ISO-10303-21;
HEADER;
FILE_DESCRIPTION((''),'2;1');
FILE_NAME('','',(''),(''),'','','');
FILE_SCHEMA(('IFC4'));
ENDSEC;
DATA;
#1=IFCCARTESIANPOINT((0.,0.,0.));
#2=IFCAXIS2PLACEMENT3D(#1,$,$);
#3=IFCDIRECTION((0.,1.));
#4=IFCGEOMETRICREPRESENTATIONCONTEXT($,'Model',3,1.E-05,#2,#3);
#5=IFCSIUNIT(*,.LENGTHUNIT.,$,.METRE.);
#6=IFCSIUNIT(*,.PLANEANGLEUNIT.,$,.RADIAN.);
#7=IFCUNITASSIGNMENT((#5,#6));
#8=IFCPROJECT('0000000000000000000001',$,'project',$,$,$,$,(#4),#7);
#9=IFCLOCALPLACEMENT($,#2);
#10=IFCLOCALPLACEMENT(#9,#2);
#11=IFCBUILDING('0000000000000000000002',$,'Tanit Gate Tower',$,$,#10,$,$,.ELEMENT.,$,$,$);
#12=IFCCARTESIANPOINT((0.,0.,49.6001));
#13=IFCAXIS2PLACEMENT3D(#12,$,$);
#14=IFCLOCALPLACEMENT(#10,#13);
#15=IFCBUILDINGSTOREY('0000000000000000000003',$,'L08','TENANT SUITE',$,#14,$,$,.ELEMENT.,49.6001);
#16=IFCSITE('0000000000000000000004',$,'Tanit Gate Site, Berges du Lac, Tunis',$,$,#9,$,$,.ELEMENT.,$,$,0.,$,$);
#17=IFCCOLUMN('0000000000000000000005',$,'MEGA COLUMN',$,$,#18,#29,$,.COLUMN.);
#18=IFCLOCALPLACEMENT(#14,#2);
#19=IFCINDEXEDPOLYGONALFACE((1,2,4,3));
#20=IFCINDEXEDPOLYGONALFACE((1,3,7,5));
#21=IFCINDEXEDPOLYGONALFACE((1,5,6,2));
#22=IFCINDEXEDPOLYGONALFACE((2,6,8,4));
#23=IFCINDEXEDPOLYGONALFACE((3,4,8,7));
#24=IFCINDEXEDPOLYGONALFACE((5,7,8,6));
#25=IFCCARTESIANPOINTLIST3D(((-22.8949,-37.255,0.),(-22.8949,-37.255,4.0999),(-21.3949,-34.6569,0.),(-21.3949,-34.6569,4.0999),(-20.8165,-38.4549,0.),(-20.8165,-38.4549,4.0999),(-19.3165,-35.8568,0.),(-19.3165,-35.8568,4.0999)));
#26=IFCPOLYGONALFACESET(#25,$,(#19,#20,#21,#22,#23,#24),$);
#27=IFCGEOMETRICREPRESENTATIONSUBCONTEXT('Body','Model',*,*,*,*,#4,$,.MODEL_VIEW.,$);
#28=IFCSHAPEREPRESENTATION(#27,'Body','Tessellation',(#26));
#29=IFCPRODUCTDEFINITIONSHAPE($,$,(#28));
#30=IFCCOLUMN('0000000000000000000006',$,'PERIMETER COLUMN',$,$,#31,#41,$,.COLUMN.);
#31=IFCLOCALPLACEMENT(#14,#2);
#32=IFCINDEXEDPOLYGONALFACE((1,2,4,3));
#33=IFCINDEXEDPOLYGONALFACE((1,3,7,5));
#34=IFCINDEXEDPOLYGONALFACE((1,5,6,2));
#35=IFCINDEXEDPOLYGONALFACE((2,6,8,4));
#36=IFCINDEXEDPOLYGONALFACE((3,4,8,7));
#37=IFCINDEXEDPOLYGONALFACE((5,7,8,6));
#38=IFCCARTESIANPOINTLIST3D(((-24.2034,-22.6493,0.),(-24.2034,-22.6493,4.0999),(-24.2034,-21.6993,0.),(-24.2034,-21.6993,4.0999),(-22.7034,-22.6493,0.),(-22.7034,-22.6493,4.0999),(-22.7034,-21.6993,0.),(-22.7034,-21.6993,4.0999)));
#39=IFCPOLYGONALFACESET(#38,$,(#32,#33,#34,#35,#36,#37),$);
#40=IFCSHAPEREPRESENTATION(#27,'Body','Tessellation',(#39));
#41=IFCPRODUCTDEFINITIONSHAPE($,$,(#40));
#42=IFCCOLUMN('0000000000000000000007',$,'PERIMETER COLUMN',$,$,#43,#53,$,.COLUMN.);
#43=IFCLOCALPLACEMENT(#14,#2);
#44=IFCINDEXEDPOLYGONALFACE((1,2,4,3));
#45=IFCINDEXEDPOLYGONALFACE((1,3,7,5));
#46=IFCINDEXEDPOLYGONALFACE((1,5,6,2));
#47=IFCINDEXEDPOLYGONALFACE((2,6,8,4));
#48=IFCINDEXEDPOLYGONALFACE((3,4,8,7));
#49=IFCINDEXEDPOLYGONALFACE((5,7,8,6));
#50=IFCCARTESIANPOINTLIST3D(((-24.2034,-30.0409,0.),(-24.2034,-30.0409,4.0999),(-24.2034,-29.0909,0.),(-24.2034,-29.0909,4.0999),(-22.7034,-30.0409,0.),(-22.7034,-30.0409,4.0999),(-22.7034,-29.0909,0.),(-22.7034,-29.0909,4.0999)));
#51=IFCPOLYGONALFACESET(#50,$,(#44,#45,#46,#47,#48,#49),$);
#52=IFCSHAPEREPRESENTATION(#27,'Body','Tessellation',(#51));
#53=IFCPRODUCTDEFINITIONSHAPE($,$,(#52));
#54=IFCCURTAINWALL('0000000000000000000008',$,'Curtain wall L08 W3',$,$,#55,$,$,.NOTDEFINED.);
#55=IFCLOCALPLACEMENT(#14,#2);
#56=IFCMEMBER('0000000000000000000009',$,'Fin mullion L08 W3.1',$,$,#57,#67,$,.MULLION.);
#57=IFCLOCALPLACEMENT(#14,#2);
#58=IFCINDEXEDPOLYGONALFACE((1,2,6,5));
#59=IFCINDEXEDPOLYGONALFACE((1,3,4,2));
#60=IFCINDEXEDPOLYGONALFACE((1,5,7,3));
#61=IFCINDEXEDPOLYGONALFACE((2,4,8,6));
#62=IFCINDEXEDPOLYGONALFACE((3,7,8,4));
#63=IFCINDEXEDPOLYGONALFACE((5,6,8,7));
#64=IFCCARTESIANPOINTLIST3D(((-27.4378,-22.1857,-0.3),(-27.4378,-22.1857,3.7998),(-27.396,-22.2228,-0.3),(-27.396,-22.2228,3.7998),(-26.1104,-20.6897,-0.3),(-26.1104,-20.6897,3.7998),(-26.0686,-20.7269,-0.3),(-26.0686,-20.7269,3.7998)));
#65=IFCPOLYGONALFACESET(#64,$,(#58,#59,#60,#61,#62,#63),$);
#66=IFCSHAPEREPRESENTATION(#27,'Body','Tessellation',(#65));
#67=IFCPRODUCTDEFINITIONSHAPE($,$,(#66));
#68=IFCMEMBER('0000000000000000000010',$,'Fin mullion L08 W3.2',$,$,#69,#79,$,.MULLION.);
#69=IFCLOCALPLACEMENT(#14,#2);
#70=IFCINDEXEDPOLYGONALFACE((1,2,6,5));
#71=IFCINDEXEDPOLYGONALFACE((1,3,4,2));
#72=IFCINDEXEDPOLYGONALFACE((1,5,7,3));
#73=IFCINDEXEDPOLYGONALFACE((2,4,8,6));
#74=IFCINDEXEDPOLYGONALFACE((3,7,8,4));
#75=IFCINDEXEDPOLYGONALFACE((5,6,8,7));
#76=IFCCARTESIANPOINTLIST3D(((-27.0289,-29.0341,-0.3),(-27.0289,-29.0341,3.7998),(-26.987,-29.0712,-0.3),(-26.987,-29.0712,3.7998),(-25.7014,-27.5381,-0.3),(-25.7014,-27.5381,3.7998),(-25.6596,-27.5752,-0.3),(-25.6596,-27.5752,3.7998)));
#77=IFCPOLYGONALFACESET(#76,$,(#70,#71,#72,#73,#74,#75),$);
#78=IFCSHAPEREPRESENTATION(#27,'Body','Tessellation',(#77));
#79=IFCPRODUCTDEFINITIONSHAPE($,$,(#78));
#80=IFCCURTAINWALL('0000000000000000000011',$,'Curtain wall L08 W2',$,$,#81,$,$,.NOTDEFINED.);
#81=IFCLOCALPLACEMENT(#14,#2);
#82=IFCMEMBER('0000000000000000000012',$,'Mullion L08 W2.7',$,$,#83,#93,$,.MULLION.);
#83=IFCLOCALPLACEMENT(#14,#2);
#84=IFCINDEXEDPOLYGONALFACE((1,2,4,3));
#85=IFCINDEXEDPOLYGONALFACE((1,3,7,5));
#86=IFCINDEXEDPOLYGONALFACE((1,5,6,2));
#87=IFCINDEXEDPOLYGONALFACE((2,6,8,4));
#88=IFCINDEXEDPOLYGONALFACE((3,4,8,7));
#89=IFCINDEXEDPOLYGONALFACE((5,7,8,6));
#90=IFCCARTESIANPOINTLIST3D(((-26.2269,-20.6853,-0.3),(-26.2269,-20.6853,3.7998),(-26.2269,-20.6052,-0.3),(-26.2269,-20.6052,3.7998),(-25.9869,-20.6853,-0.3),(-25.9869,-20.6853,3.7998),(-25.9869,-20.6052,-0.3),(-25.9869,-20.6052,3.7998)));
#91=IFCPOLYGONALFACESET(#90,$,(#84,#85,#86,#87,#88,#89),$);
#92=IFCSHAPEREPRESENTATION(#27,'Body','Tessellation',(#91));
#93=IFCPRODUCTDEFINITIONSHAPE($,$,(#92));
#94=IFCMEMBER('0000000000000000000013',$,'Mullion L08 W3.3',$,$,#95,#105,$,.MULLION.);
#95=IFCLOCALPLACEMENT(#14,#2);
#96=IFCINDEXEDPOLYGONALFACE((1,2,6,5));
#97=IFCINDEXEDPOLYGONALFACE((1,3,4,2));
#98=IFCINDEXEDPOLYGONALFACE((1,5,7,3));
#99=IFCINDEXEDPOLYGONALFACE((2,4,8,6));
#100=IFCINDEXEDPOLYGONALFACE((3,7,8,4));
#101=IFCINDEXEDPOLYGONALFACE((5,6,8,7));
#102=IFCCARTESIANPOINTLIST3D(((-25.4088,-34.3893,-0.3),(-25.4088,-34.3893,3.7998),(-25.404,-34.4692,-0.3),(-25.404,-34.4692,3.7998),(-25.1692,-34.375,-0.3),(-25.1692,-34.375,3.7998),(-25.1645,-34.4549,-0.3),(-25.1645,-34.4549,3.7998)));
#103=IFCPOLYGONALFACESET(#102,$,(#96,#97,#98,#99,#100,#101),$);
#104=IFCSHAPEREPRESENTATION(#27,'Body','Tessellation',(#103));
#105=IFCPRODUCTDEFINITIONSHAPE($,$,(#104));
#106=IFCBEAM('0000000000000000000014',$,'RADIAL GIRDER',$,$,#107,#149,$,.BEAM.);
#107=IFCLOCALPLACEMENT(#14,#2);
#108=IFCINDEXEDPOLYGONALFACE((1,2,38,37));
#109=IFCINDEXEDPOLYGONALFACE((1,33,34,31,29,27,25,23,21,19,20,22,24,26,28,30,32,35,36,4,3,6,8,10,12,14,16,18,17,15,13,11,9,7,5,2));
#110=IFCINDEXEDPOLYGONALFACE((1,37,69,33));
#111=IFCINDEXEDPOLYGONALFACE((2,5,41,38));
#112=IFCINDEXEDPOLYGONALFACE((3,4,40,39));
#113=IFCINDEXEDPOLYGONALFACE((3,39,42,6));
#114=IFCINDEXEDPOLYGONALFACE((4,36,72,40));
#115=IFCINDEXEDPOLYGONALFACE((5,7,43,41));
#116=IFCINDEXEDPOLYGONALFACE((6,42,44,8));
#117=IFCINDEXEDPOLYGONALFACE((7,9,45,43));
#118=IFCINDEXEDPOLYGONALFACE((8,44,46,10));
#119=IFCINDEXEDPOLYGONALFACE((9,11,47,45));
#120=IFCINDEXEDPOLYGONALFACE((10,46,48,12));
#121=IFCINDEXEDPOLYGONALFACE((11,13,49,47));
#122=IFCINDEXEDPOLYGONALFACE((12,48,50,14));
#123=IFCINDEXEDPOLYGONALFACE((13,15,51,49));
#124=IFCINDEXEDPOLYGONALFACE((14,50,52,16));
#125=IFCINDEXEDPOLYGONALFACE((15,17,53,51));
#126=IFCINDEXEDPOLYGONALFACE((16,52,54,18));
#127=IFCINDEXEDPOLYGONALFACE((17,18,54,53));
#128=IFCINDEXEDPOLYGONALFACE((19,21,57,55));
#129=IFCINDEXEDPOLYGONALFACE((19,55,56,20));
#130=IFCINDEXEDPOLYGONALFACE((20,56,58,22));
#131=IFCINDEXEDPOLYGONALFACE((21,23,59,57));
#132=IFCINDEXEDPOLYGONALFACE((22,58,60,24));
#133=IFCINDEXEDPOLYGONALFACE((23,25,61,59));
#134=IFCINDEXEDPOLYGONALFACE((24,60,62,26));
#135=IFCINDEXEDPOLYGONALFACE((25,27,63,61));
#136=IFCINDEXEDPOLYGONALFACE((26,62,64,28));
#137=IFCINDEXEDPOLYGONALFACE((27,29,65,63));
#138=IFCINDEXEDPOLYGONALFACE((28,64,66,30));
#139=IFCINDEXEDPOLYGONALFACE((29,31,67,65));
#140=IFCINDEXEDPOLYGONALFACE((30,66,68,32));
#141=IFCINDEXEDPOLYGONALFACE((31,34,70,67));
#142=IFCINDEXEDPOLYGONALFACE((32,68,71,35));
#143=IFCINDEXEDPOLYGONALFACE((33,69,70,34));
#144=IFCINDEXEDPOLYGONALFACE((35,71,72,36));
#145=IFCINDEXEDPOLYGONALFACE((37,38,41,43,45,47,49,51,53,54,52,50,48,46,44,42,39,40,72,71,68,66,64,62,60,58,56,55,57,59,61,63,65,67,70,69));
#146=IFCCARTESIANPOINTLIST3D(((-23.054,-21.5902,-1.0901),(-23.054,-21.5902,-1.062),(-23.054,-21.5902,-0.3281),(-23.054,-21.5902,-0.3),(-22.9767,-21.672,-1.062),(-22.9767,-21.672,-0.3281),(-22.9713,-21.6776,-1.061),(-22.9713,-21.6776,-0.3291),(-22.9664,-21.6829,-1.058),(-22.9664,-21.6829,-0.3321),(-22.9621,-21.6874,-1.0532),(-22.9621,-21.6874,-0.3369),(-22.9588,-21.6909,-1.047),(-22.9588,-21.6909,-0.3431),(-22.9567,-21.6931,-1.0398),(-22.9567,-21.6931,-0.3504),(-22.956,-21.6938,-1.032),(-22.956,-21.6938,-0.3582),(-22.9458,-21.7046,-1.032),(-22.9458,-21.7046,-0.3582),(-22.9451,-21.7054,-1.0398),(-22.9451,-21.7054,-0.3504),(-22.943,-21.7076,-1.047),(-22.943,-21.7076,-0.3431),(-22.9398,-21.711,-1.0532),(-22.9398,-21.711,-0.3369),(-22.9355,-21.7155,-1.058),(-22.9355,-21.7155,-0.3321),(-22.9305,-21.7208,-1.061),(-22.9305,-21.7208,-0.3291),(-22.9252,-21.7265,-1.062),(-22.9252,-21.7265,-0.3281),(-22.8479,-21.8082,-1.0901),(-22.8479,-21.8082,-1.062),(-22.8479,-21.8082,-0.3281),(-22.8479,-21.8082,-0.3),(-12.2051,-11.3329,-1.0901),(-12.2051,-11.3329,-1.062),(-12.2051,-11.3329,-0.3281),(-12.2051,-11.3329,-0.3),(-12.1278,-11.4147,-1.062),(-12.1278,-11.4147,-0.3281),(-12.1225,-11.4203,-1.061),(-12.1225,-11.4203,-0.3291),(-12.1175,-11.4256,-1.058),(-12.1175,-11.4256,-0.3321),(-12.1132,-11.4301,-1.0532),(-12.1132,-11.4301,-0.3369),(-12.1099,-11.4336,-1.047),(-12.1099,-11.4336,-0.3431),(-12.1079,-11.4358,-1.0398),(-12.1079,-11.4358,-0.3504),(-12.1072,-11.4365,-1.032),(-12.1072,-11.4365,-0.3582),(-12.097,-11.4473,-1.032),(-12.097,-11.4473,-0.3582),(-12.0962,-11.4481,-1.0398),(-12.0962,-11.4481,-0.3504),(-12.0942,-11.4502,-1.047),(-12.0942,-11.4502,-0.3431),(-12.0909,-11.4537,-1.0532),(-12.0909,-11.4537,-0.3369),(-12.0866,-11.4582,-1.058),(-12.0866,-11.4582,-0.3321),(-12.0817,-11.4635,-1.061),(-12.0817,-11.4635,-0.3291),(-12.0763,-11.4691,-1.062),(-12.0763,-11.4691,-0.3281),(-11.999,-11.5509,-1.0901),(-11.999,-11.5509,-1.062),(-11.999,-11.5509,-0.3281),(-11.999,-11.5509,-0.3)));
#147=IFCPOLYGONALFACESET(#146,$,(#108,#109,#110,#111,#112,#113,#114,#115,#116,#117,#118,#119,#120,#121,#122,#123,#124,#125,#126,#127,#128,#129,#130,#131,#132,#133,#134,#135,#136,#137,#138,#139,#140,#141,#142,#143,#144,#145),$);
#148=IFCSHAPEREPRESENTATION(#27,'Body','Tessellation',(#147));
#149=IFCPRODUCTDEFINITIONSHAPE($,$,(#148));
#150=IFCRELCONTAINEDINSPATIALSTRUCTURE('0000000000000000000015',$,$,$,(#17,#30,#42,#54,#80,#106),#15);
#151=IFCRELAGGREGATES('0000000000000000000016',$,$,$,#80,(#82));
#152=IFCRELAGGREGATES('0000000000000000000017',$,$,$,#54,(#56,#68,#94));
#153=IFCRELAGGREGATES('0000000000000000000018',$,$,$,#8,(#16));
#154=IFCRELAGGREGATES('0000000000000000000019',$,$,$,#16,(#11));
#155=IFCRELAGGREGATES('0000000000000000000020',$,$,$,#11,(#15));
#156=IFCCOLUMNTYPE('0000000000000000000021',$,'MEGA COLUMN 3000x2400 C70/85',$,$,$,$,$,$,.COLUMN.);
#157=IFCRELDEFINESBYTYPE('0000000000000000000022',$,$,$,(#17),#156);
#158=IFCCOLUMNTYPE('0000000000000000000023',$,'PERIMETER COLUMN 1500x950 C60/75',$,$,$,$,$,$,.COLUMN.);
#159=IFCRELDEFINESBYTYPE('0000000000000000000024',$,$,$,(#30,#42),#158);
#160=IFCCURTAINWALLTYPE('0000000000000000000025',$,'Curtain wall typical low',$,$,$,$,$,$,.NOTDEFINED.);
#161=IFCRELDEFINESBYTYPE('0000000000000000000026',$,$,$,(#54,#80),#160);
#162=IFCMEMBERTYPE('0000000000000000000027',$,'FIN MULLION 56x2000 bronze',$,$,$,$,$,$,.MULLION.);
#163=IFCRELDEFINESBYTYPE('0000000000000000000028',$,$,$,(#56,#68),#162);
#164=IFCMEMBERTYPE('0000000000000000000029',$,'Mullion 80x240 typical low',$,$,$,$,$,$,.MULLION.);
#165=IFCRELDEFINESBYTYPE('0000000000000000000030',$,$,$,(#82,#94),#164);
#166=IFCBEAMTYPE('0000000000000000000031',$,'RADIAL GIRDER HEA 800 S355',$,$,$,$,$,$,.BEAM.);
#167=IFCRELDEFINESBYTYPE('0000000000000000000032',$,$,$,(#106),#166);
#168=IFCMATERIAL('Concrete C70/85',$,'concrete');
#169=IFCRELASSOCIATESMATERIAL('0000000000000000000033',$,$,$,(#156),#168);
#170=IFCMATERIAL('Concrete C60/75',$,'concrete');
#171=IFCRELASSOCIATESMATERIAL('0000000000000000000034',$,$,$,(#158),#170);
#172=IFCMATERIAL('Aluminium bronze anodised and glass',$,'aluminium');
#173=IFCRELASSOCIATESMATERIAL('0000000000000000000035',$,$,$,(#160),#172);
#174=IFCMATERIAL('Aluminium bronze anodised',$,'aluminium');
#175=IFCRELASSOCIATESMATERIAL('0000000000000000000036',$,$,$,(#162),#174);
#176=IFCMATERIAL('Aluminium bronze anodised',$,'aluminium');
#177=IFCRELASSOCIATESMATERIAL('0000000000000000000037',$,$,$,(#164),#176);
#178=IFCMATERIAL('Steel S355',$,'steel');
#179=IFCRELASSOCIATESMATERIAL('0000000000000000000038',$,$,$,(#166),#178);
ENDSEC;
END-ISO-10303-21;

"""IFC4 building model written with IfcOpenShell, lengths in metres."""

from ifc_helpers import new_model, si_unit, direction, frame, origin, origin_2d, place, context, subcontext, project, spatial, rectangle, i_section, extrude, material, material_profile, profile_set, type_object, element, aggregate, save


model = new_model("IFC4")

# Units and contexts
model_context = context("Model", 3, precision=1e-05, world=origin(), true_north=direction((0.0, 1.0)))
body_context = subcontext(model_context, "Body", "Model", "MODEL_VIEW")
ifc_project = project(units=[si_unit("LENGTHUNIT", "METRE"), si_unit("PLANEANGLEUNIT", "RADIAN")], contexts=[model_context])

# Site, building, storey
site_placement = place(None, origin())
site = spatial("IfcSite", under=ifc_project, at=site_placement, Name="Tanit Gate Site, Berges du Lac, Tunis", CompositionType="ELEMENT", RefElevation=0.0)
building_placement = place(site_placement, origin())
building = spatial("IfcBuilding", under=site, at=building_placement, Name="Tanit Gate Tower", CompositionType="ELEMENT")
storey_placement = place(building_placement, frame((0.0, 0.0, 49.6001)))
storey = spatial("IfcBuildingStorey", under=building, at=storey_placement, Name="L08", Description="TENANT SUITE", CompositionType="ELEMENT", Elevation=49.6001)

# Columns
ifc_material_1 = material(Name="Concrete C70/85", Category="concrete")
ifc_material_profile_1 = material_profile(ifc_material_1, rectangle(XDim=3.0, YDim=2.3999, at=origin_2d()), Name="RC 3000x2400")
ifc_profile_set_1 = profile_set([ifc_material_profile_1], Name="Concrete C70/85")
column_type_1 = type_object("IfcColumnType", Name="MEGA COLUMN 3000x2400 C70/85", PredefinedType="COLUMN", material=ifc_profile_set_1)
column_placement = place(storey_placement, frame((-21.1057, -36.5559, 0.0), z_axis=(0.0, 0.0, 1.0), x_axis=(-0.5, -0.866025, 0.0)))
element("IfcColumn", 1, at=column_placement, inside=storey, type_object=column_type_1, Name="MEGA COLUMN", PredefinedType="COLUMN", context=body_context, shape_type="SweptSolid", body=[
    extrude(rectangle(XDim=3.0, YDim=2.3999, at=origin_2d()), origin(), (0.0, 0.0, 1.0), 4.0999),
])
ifc_material_2 = material(Name="Concrete C60/75", Category="concrete")
ifc_material_profile_2 = material_profile(ifc_material_2, rectangle(XDim=1.5, YDim=0.95, at=origin_2d()), Name="RC 1500x950")
ifc_profile_set_2 = profile_set([ifc_material_profile_2], Name="Concrete C60/75")
column_type_2 = type_object("IfcColumnType", Name="PERIMETER COLUMN 1500x950 C60/75", PredefinedType="COLUMN", material=ifc_profile_set_2)
for number, where, z_axis, x_axis, name in (
    (2, (-23.4534, -22.1743, 0.0), (0.0, 0.0, 1.0), (-1.0, 0.0, 0.0), "PERIMETER COLUMN"),
    (3, (-23.4534, -29.5659, 0.0), (0.0, 0.0, 1.0), (-1.0, 0.0, 0.0), "PERIMETER COLUMN"),
):
    element("IfcColumn", number, at=place(storey_placement, frame(where, z_axis=z_axis, x_axis=x_axis)), inside=storey, type_object=column_type_2, Name=name, PredefinedType="COLUMN", context=body_context, shape_type="SweptSolid", body=[
        extrude(rectangle(XDim=1.5, YDim=0.95, at=origin_2d()), origin(), (0.0, 0.0, 1.0), 4.0999),
    ])

# Curtain wall, members
ifc_material_3 = material(Name="Aluminium bronze anodised and glass", Category="aluminium")
curtain_wall_type = type_object("IfcCurtainWallType", Name="Curtain wall typical low", PredefinedType="NOTDEFINED", material=ifc_material_3)
curtain_wall_1_placement = place(storey_placement, origin())
curtain_wall_1 = element("IfcCurtainWall", 4, at=curtain_wall_1_placement, inside=storey, type_object=curtain_wall_type, Name="Curtain wall L08 W3", PredefinedType="NOTDEFINED")
ifc_material_4 = material(Name="Aluminium bronze anodised", Category="aluminium")
ifc_material_profile_3 = material_profile(ifc_material_4, rectangle(XDim=2.0, YDim=0.0559, at=origin_2d()), Name="56x2000 bronze fin mullion")
ifc_profile_set_3 = profile_set([ifc_material_profile_3], Name="Aluminium bronze anodised")
member_type_1 = type_object("IfcMemberType", Name="FIN MULLION 56x2000 bronze", PredefinedType="MULLION", material=ifc_profile_set_3)
member_1_placement = place(storey_placement, frame((-26.7532, -21.4563, -0.3), z_axis=(0.0, 0.0, 1.0), x_axis=(0.663703, 0.747996, 0.0)))
member_1 = element("IfcMember", 5, at=member_1_placement, type_object=member_type_1, Name="Fin mullion L08 W3.1", PredefinedType="MULLION", context=body_context, shape_type="SweptSolid", body=[
    extrude(rectangle(XDim=2.0, YDim=0.0559, at=origin_2d()), origin(), (0.0, 0.0, 1.0), 4.0999),
])
member_2_placement = place(storey_placement, frame((-26.3442, -28.3047, -0.3), z_axis=(0.0, 0.0, 1.0), x_axis=(0.663703, 0.747996, 0.0)))
member_2 = element("IfcMember", 6, at=member_2_placement, type_object=member_type_1, Name="Fin mullion L08 W3.2", PredefinedType="MULLION", context=body_context, shape_type="SweptSolid", body=[
    extrude(rectangle(XDim=2.0, YDim=0.0559, at=origin_2d()), origin(), (0.0, 0.0, 1.0), 4.0999),
])

# Curtain wall, member
curtain_wall_2_placement = place(storey_placement, origin())
curtain_wall_2 = element("IfcCurtainWall", 7, at=curtain_wall_2_placement, inside=storey, type_object=curtain_wall_type, Name="Curtain wall L08 W2", PredefinedType="NOTDEFINED")
ifc_material_5 = material(Name="Aluminium bronze anodised", Category="aluminium")
ifc_material_profile_4 = material_profile(ifc_material_5, rectangle(XDim=0.24, YDim=0.0801, at=origin_2d()), Name="80x240 bronze mullion")
ifc_profile_set_4 = profile_set([ifc_material_profile_4], Name="Aluminium bronze anodised")
member_type_2 = type_object("IfcMemberType", Name="Mullion 80x240 typical low", PredefinedType="MULLION", material=ifc_profile_set_4)
member_3_placement = place(storey_placement, frame((-26.1069, -20.6453, -0.3), z_axis=(0.0, 0.0, 1.0), x_axis=(1.0, 0.000069, 0.0)))
member_3 = element("IfcMember", 8, at=member_3_placement, type_object=member_type_2, Name="Mullion L08 W2.7", PredefinedType="MULLION", context=body_context, shape_type="SweptSolid", body=[
    extrude(rectangle(XDim=0.24, YDim=0.0801, at=origin_2d()), origin(), (0.0, 0.0, 1.0), 4.0999),
])
aggregate(curtain_wall_2, [member_3])

# Member
member_4_placement = place(storey_placement, frame((-25.2866, -34.4221, -0.3), z_axis=(0.0, 0.0, 1.0), x_axis=(0.998222, 0.059605, 0.0)))
member_4 = element("IfcMember", 9, at=member_4_placement, type_object=member_type_2, Name="Mullion L08 W3.3", PredefinedType="MULLION", context=body_context, shape_type="SweptSolid", body=[
    extrude(rectangle(XDim=0.24, YDim=0.0801, at=origin_2d()), origin(), (0.0, 0.0, 1.0), 4.0999),
])

# Beam
ifc_material_6 = material(Name="Steel S355", Category="steel")
ifc_material_profile_5 = material_profile(ifc_material_6, i_section(OverallWidth=0.3, OverallDepth=0.79, WebThickness=0.0149, FlangeThickness=0.0281, FilletRadius=0.03, at=origin_2d()), Name="HEA 800")
ifc_profile_set_5 = profile_set([ifc_material_profile_5], Name="Steel S355")
beam_type_1 = type_object("IfcBeamType", Name="RADIAL GIRDER HEA 800 S355", PredefinedType="BEAM", material=ifc_profile_set_5)
beam_1_placement = place(storey_placement, frame((-22.9509, -21.6992, -0.6951), z_axis=(0.72664, 0.687019, 0.0), x_axis=(-0.687019, 0.72664, 0.0)))
element("IfcBeam", 10, at=beam_1_placement, inside=storey, type_object=beam_type_1, Name="RADIAL GIRDER", PredefinedType="BEAM", context=body_context, shape_type="SweptSolid", body=[
    extrude(i_section(OverallWidth=0.3, OverallDepth=0.79, WebThickness=0.0149, FlangeThickness=0.0281, FilletRadius=0.03, at=origin_2d()), origin(), (0.0, 0.0, 1.0), 14.9302),
])

aggregate(curtain_wall_1, [member_1, member_2, member_4])

save(model, "model.ifc")
